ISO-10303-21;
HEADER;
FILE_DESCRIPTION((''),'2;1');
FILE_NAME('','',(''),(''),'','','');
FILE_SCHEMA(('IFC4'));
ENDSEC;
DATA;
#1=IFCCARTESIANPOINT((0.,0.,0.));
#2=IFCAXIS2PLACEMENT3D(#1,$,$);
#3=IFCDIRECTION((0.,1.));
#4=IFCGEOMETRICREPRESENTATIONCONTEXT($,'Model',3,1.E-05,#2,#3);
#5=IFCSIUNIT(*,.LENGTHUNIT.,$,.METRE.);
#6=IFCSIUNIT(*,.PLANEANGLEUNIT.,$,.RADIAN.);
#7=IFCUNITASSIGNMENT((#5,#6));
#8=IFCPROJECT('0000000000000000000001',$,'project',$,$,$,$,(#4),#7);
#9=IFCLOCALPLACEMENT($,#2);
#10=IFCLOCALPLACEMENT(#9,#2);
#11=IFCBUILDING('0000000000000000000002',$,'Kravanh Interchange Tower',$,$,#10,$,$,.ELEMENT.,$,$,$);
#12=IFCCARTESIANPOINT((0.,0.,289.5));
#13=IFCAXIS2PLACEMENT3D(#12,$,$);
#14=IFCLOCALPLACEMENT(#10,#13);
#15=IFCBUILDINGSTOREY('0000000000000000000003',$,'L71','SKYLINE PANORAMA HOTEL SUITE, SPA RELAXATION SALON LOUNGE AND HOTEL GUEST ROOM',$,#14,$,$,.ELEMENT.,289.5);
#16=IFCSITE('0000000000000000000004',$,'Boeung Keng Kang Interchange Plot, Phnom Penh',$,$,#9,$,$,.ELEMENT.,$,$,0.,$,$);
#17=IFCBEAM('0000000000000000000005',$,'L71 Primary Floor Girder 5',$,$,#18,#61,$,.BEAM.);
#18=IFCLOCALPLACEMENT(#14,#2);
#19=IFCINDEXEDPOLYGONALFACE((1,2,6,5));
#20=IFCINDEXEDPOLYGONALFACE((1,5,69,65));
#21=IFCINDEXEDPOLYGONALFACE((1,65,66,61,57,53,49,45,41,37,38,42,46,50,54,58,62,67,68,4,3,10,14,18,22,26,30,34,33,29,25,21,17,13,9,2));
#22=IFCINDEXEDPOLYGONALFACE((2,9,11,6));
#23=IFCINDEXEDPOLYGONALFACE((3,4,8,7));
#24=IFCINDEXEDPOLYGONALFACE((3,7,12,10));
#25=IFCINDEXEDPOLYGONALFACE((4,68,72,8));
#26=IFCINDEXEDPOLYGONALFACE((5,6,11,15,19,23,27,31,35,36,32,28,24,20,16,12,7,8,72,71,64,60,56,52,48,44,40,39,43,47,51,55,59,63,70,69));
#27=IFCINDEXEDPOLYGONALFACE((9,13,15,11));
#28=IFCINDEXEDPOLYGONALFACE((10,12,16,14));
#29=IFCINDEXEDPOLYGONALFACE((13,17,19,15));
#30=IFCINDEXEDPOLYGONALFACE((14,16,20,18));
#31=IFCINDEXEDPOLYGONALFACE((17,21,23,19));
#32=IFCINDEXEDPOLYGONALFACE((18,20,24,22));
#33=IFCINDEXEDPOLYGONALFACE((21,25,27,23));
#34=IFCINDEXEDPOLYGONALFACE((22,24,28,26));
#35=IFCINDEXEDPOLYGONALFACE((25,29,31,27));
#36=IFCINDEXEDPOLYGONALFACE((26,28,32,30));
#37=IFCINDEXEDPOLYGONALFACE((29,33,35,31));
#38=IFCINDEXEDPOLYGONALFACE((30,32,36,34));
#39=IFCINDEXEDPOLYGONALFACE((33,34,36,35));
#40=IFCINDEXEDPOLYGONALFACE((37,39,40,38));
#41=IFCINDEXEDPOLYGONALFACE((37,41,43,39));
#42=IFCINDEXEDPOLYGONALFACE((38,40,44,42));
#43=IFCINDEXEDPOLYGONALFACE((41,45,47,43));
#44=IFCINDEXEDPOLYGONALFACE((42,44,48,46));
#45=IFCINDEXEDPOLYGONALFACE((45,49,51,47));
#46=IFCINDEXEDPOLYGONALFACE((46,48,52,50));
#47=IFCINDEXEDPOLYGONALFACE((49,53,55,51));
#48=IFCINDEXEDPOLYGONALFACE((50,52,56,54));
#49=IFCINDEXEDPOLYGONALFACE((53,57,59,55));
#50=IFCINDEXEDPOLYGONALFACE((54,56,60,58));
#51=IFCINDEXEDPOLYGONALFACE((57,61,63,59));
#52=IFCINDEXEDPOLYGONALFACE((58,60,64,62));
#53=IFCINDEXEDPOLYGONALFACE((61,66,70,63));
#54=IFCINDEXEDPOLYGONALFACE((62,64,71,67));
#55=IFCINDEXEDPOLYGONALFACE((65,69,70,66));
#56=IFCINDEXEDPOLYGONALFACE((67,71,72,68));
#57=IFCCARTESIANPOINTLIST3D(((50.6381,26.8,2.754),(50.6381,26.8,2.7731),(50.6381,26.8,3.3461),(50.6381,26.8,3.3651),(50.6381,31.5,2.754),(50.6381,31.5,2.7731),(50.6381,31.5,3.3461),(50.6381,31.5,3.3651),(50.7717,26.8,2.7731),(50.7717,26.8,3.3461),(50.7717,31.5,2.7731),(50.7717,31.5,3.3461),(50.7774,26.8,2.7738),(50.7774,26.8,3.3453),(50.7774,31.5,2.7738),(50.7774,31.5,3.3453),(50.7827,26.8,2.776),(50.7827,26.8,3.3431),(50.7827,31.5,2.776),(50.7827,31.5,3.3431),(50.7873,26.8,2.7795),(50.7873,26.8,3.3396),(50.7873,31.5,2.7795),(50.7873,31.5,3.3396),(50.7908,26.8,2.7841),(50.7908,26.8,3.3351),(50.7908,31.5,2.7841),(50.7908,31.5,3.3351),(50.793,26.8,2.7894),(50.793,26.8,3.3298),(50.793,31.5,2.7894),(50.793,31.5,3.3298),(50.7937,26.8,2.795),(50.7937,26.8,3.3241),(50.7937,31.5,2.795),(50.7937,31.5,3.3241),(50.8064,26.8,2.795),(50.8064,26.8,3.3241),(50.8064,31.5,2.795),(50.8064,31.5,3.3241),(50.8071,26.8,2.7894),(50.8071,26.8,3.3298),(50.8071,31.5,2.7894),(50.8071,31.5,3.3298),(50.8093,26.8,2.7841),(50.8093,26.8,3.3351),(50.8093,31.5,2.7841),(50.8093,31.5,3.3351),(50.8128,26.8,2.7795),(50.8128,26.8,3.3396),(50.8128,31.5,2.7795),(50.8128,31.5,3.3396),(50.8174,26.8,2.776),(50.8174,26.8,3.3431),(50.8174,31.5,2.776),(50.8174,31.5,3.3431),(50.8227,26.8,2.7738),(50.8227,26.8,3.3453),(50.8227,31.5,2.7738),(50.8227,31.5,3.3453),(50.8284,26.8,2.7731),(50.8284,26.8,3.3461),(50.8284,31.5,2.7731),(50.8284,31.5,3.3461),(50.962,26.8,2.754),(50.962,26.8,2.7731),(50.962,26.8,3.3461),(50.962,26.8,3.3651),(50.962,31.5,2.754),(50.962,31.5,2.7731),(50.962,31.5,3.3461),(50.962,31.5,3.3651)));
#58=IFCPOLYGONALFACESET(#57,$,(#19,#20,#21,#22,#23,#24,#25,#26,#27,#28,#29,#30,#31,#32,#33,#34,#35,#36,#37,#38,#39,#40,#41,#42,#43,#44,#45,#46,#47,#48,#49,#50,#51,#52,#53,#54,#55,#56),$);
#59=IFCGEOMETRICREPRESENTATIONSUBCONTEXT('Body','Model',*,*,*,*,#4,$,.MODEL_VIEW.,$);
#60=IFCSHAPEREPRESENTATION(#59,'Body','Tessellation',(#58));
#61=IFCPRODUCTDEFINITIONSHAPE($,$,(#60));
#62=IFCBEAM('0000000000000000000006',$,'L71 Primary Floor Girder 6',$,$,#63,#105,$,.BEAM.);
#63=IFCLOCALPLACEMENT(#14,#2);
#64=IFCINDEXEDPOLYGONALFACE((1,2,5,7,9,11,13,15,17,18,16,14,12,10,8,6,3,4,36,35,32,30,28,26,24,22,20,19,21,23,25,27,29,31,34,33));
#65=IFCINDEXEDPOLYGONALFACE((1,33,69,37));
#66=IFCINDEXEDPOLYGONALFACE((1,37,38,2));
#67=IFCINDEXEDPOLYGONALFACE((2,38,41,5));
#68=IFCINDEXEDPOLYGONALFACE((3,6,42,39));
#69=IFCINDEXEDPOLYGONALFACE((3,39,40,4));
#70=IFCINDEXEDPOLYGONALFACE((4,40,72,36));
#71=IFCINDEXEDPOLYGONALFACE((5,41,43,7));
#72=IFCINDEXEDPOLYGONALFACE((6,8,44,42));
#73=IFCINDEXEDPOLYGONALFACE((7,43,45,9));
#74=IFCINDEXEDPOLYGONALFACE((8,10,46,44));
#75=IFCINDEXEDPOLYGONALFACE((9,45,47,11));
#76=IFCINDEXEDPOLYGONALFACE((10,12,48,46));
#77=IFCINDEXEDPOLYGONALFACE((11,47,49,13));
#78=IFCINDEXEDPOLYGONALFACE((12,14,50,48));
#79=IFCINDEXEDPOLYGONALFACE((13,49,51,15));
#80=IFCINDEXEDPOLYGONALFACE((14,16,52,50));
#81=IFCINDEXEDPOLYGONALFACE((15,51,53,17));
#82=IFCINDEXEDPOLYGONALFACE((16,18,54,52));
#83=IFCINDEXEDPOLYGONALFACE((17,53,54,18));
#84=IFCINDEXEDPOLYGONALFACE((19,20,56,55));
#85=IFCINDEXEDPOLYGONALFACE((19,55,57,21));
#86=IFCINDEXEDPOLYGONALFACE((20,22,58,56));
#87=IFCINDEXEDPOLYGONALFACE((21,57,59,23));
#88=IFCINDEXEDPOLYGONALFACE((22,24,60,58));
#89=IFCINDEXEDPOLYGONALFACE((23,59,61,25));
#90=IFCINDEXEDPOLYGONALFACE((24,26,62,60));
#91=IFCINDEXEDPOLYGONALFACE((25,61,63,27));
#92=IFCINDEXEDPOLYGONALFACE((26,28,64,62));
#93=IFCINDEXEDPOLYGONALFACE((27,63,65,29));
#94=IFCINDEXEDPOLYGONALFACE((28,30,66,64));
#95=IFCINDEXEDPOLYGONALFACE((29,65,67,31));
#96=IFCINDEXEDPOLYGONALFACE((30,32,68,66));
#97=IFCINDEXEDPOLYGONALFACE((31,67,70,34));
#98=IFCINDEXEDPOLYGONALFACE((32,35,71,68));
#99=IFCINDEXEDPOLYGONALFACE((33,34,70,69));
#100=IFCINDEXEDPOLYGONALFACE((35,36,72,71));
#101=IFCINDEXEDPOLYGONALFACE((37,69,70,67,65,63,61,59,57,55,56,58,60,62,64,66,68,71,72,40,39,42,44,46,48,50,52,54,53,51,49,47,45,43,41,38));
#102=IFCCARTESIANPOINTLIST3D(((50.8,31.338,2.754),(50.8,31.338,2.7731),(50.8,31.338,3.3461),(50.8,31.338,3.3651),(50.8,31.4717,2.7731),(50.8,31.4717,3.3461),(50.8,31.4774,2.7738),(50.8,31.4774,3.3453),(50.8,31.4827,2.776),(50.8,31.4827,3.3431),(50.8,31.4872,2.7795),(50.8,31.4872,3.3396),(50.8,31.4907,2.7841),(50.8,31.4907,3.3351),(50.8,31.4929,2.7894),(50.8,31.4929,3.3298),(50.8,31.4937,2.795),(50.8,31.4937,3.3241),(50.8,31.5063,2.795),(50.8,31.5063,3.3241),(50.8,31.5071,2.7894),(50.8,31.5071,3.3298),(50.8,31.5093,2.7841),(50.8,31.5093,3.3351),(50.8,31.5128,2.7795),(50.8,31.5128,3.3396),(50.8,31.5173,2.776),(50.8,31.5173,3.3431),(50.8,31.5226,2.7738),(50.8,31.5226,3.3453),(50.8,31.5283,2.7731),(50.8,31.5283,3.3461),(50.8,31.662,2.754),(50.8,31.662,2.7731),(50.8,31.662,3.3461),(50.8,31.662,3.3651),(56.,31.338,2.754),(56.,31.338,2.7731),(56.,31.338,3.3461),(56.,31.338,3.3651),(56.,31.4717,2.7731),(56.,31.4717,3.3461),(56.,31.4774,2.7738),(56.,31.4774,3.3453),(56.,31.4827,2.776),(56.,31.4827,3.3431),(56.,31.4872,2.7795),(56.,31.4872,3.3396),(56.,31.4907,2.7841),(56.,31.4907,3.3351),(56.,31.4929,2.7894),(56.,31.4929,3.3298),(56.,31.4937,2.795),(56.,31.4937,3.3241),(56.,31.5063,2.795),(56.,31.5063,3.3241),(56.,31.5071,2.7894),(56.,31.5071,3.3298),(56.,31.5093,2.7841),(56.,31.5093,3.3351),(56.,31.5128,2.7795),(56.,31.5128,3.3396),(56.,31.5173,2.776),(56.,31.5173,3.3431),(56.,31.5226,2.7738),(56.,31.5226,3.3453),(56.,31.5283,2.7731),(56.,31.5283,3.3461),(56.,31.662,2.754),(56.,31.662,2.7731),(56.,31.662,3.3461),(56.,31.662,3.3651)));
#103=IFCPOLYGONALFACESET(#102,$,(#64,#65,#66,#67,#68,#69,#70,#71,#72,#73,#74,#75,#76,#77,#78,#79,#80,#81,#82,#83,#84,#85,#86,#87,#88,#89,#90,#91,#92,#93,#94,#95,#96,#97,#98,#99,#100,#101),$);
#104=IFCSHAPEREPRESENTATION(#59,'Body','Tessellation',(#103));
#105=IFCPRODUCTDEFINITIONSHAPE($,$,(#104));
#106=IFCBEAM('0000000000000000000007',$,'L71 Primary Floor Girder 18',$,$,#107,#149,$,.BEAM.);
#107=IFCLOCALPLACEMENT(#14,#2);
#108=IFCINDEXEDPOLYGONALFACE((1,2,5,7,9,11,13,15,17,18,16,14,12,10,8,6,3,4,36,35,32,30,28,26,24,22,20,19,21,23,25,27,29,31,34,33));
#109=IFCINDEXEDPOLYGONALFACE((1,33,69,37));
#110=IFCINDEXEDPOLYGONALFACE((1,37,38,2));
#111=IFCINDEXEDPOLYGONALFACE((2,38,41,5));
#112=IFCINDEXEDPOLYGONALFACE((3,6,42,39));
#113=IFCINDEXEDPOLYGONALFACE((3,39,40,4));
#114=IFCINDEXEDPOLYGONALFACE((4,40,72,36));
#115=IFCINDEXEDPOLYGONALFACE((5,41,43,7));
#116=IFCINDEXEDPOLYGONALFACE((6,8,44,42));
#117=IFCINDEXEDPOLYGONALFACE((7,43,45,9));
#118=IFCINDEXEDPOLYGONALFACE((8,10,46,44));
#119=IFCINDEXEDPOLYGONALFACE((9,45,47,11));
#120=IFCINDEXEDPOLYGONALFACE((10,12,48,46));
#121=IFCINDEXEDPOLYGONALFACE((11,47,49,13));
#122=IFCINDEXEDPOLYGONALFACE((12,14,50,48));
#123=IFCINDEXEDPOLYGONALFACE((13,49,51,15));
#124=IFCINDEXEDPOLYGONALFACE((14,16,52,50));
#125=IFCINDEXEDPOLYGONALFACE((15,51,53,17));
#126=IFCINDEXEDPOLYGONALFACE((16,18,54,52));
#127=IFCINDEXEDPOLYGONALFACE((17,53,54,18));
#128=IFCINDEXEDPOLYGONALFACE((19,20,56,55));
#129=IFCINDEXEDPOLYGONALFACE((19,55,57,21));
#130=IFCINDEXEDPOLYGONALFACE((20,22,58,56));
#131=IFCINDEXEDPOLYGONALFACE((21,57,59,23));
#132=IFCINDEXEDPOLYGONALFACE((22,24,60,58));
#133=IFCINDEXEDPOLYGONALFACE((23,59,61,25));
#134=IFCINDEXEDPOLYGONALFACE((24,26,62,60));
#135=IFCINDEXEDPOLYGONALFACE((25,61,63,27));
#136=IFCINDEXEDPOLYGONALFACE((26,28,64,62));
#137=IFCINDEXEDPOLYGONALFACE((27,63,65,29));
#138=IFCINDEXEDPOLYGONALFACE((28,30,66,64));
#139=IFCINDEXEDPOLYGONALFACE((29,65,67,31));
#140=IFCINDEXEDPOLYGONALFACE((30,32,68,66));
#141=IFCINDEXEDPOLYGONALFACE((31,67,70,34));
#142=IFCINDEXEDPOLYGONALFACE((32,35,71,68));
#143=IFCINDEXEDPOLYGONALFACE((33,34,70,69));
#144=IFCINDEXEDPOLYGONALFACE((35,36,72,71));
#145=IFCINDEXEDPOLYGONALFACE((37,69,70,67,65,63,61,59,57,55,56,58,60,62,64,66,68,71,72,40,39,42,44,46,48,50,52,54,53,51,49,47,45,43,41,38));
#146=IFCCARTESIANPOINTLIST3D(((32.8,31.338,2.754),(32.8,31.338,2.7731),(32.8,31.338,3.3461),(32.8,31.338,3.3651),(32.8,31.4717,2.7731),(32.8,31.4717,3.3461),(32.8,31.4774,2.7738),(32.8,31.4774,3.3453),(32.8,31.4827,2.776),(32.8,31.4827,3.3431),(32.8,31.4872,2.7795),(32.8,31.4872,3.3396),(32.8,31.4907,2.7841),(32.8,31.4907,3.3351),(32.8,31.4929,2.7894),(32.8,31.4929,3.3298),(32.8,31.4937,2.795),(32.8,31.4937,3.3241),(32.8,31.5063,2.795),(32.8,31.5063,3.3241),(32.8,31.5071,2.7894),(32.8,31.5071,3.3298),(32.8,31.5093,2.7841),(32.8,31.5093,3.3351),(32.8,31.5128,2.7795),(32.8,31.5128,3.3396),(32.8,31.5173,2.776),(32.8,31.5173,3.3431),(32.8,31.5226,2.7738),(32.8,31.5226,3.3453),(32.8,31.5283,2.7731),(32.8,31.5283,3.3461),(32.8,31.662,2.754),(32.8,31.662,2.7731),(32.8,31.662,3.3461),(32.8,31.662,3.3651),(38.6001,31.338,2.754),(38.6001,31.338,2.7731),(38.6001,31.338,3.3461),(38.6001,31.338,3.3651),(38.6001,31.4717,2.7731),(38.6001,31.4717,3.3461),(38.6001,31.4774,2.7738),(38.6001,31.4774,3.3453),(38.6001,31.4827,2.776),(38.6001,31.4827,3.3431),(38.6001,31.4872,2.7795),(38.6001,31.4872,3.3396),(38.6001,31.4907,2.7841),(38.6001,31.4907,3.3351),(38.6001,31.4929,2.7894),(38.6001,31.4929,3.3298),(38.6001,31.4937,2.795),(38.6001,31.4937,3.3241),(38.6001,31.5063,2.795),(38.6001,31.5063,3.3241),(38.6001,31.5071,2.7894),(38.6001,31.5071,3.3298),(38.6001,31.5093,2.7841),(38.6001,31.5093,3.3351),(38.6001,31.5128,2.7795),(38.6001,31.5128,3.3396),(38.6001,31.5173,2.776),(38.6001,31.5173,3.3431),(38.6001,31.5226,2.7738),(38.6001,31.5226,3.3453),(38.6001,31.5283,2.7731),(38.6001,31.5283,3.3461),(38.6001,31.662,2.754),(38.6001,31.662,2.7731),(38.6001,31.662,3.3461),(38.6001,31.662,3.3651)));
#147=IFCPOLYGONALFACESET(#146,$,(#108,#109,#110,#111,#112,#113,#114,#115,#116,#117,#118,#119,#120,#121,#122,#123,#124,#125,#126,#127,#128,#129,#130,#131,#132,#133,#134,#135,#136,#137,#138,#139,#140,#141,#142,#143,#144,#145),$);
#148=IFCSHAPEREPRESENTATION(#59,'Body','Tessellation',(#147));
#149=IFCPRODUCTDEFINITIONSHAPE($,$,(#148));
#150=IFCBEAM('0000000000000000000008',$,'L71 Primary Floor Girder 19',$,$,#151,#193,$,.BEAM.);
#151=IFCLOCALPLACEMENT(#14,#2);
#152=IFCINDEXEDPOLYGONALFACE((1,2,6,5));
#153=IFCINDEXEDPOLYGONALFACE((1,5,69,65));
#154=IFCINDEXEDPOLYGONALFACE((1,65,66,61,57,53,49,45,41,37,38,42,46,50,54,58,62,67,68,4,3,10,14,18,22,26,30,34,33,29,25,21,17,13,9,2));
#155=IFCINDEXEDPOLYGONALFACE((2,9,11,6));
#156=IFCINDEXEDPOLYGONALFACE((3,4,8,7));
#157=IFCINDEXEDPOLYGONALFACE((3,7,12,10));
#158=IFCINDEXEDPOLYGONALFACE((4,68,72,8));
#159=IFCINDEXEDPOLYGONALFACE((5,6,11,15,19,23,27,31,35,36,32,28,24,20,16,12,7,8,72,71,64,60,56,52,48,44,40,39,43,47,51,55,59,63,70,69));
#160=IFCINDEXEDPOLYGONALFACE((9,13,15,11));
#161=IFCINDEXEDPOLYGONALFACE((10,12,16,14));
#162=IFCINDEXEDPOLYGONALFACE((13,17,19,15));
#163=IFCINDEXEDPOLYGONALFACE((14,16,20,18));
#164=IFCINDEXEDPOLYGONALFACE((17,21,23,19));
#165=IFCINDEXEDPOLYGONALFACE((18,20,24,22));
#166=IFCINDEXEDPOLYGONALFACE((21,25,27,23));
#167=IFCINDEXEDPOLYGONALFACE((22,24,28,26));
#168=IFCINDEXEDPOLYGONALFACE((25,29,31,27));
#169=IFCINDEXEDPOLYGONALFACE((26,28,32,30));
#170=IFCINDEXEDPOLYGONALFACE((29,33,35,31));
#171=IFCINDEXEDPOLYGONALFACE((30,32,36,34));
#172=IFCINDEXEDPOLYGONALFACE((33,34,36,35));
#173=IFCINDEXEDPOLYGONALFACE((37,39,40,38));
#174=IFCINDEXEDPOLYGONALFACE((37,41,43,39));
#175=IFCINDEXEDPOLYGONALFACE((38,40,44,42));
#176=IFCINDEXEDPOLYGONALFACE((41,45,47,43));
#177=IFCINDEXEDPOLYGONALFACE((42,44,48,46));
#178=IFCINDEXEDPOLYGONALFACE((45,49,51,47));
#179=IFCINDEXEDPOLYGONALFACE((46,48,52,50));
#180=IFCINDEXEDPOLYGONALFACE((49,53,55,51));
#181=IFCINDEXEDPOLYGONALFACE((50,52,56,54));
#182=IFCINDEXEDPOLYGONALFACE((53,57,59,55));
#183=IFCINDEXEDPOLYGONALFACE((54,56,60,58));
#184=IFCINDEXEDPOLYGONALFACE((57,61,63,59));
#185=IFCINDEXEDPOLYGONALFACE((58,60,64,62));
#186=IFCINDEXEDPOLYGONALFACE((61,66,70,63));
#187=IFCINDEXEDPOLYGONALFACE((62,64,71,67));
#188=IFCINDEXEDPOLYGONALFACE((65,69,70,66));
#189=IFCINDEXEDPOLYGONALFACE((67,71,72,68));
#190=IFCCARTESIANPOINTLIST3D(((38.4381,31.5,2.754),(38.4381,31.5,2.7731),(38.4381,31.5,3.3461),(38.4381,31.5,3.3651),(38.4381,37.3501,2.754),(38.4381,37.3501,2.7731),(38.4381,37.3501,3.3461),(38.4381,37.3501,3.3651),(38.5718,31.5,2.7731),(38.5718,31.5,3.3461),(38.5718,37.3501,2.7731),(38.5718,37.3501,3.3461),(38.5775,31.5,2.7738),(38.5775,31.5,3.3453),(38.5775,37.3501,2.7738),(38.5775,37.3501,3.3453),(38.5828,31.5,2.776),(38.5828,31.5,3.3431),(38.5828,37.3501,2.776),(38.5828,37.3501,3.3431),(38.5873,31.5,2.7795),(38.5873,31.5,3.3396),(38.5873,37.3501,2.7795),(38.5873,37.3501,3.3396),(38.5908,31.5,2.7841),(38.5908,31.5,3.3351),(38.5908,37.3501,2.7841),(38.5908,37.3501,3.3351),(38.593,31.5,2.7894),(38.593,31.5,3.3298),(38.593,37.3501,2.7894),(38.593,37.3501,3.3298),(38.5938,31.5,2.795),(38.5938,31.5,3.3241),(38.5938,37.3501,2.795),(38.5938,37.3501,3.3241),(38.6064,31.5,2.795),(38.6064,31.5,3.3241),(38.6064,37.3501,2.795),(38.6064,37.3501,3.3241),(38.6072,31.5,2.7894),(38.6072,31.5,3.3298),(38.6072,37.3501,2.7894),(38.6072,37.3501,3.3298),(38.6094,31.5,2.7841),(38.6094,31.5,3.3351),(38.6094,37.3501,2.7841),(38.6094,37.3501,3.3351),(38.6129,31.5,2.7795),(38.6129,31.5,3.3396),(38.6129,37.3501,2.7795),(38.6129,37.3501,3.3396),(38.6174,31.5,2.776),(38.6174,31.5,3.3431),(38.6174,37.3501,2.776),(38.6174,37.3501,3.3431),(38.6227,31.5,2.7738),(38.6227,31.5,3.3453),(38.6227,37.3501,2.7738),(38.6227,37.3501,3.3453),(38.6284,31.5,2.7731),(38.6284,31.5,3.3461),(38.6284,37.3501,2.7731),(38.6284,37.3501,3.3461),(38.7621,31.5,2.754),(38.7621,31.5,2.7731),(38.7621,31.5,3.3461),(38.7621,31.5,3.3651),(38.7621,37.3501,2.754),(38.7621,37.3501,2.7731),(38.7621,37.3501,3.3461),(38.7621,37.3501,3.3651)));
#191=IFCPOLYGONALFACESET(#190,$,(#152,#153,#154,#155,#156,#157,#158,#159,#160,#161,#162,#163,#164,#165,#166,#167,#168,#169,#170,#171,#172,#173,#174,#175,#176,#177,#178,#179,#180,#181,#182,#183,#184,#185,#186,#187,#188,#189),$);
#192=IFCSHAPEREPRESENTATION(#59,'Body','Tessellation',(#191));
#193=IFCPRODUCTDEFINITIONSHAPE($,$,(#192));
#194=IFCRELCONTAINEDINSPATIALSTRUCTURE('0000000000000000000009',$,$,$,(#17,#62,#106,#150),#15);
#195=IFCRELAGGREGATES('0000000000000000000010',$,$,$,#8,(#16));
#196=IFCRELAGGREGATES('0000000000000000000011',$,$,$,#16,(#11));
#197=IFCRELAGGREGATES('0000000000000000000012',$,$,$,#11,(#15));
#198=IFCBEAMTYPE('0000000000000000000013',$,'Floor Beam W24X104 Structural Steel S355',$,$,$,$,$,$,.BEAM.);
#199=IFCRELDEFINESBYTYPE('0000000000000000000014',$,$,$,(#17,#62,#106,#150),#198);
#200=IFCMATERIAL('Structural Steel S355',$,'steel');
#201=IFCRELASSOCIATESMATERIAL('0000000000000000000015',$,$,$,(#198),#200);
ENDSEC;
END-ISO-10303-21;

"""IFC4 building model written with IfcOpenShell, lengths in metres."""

from ifc_helpers import new_model, si_unit, direction, frame, origin, origin_2d, place, context, subcontext, project, spatial, i_section, extrude, material, material_profile, profile_set, type_object, element, save


model = new_model("IFC4")

# Units and contexts
model_context = context("Model", 3, precision=1e-05, world=origin(), true_north=direction((0.0, 1.0)))
body_context = subcontext(model_context, "Body", "Model", "MODEL_VIEW")
ifc_project = project(units=[si_unit("LENGTHUNIT", "METRE"), si_unit("PLANEANGLEUNIT", "RADIAN")], contexts=[model_context])

# Site, building, storey
site_placement = place(None, origin())
site = spatial("IfcSite", under=ifc_project, at=site_placement, Name="Boeung Keng Kang Interchange Plot, Phnom Penh", CompositionType="ELEMENT", RefElevation=0.0)
building_placement = place(site_placement, origin())
building = spatial("IfcBuilding", under=site, at=building_placement, Name="Kravanh Interchange Tower", CompositionType="ELEMENT")
storey_placement = place(building_placement, frame((0.0, 0.0, 289.5)))
storey = spatial("IfcBuildingStorey", under=building, at=storey_placement, Name="L71", Description="SKYLINE PANORAMA HOTEL SUITE, SPA RELAXATION SALON LOUNGE AND HOTEL GUEST ROOM", CompositionType="ELEMENT", Elevation=289.5)

# Beams
ifc_material_1 = material(Name="Structural Steel S355", Category="steel")
ifc_material_profile_1 = material_profile(ifc_material_1, i_section(OverallWidth=0.324, OverallDepth=0.6111, WebThickness=0.0127, FlangeThickness=0.019, FilletRadius=0.022, at=origin_2d()), Name="W24X104")
ifc_profile_set_1 = profile_set([ifc_material_profile_1], Name="Structural Steel S355")
beam_type_1 = type_object("IfcBeamType", Name="Floor Beam W24X104 Structural Steel S355", PredefinedType="BEAM", material=ifc_profile_set_1)
beam_1_placement = place(storey_placement, frame((50.8, 31.5, 3.0596), z_axis=(0.0, -1.0, 0.0), x_axis=(1.0, 0.0, 0.0)))
element("IfcBeam", 1, at=beam_1_placement, inside=storey, type_object=beam_type_1, Name="L71 Primary Floor Girder 5", PredefinedType="BEAM", context=body_context, shape_type="SweptSolid", body=[
    extrude(i_section(OverallWidth=0.324, OverallDepth=0.6111, WebThickness=0.0127, FlangeThickness=0.019, FilletRadius=0.022, at=origin_2d()), origin(), (0.0, 0.0, 1.0), 4.7),
])
beam_2_placement = place(storey_placement, frame((50.8, 31.5, 3.0596), z_axis=(1.0, 0.0, 0.0), x_axis=(0.0, 1.0, 0.0)))
element("IfcBeam", 2, at=beam_2_placement, inside=storey, type_object=beam_type_1, Name="L71 Primary Floor Girder 6", PredefinedType="BEAM", context=body_context, shape_type="SweptSolid", body=[
    extrude(i_section(OverallWidth=0.324, OverallDepth=0.6111, WebThickness=0.0127, FlangeThickness=0.019, FilletRadius=0.022, at=origin_2d()), origin(), (0.0, 0.0, 1.0), 5.2),
])
beam_3_placement = place(storey_placement, frame((38.6001, 31.5, 3.0596), z_axis=(-1.0, 0.0, 0.0), x_axis=(0.0, -1.0, 0.0)))
element("IfcBeam", 3, at=beam_3_placement, inside=storey, type_object=beam_type_1, Name="L71 Primary Floor Girder 18", PredefinedType="BEAM", context=body_context, shape_type="SweptSolid", body=[
    extrude(i_section(OverallWidth=0.324, OverallDepth=0.6111, WebThickness=0.0127, FlangeThickness=0.019, FilletRadius=0.022, at=origin_2d()), origin(), (0.0, 0.0, 1.0), 5.8),
])
beam_4_placement = place(storey_placement, frame((38.6001, 31.5, 3.0596), z_axis=(0.0, 1.0, 0.0), x_axis=(-1.0, 0.0, 0.0)))
element("IfcBeam", 4, at=beam_4_placement, inside=storey, type_object=beam_type_1, Name="L71 Primary Floor Girder 19", PredefinedType="BEAM", context=body_context, shape_type="SweptSolid", body=[
    extrude(i_section(OverallWidth=0.324, OverallDepth=0.6111, WebThickness=0.0127, FlangeThickness=0.019, FilletRadius=0.022, at=origin_2d()), origin(), (0.0, 0.0, 1.0), 5.8501),
])

save(model, "model.ifc")
